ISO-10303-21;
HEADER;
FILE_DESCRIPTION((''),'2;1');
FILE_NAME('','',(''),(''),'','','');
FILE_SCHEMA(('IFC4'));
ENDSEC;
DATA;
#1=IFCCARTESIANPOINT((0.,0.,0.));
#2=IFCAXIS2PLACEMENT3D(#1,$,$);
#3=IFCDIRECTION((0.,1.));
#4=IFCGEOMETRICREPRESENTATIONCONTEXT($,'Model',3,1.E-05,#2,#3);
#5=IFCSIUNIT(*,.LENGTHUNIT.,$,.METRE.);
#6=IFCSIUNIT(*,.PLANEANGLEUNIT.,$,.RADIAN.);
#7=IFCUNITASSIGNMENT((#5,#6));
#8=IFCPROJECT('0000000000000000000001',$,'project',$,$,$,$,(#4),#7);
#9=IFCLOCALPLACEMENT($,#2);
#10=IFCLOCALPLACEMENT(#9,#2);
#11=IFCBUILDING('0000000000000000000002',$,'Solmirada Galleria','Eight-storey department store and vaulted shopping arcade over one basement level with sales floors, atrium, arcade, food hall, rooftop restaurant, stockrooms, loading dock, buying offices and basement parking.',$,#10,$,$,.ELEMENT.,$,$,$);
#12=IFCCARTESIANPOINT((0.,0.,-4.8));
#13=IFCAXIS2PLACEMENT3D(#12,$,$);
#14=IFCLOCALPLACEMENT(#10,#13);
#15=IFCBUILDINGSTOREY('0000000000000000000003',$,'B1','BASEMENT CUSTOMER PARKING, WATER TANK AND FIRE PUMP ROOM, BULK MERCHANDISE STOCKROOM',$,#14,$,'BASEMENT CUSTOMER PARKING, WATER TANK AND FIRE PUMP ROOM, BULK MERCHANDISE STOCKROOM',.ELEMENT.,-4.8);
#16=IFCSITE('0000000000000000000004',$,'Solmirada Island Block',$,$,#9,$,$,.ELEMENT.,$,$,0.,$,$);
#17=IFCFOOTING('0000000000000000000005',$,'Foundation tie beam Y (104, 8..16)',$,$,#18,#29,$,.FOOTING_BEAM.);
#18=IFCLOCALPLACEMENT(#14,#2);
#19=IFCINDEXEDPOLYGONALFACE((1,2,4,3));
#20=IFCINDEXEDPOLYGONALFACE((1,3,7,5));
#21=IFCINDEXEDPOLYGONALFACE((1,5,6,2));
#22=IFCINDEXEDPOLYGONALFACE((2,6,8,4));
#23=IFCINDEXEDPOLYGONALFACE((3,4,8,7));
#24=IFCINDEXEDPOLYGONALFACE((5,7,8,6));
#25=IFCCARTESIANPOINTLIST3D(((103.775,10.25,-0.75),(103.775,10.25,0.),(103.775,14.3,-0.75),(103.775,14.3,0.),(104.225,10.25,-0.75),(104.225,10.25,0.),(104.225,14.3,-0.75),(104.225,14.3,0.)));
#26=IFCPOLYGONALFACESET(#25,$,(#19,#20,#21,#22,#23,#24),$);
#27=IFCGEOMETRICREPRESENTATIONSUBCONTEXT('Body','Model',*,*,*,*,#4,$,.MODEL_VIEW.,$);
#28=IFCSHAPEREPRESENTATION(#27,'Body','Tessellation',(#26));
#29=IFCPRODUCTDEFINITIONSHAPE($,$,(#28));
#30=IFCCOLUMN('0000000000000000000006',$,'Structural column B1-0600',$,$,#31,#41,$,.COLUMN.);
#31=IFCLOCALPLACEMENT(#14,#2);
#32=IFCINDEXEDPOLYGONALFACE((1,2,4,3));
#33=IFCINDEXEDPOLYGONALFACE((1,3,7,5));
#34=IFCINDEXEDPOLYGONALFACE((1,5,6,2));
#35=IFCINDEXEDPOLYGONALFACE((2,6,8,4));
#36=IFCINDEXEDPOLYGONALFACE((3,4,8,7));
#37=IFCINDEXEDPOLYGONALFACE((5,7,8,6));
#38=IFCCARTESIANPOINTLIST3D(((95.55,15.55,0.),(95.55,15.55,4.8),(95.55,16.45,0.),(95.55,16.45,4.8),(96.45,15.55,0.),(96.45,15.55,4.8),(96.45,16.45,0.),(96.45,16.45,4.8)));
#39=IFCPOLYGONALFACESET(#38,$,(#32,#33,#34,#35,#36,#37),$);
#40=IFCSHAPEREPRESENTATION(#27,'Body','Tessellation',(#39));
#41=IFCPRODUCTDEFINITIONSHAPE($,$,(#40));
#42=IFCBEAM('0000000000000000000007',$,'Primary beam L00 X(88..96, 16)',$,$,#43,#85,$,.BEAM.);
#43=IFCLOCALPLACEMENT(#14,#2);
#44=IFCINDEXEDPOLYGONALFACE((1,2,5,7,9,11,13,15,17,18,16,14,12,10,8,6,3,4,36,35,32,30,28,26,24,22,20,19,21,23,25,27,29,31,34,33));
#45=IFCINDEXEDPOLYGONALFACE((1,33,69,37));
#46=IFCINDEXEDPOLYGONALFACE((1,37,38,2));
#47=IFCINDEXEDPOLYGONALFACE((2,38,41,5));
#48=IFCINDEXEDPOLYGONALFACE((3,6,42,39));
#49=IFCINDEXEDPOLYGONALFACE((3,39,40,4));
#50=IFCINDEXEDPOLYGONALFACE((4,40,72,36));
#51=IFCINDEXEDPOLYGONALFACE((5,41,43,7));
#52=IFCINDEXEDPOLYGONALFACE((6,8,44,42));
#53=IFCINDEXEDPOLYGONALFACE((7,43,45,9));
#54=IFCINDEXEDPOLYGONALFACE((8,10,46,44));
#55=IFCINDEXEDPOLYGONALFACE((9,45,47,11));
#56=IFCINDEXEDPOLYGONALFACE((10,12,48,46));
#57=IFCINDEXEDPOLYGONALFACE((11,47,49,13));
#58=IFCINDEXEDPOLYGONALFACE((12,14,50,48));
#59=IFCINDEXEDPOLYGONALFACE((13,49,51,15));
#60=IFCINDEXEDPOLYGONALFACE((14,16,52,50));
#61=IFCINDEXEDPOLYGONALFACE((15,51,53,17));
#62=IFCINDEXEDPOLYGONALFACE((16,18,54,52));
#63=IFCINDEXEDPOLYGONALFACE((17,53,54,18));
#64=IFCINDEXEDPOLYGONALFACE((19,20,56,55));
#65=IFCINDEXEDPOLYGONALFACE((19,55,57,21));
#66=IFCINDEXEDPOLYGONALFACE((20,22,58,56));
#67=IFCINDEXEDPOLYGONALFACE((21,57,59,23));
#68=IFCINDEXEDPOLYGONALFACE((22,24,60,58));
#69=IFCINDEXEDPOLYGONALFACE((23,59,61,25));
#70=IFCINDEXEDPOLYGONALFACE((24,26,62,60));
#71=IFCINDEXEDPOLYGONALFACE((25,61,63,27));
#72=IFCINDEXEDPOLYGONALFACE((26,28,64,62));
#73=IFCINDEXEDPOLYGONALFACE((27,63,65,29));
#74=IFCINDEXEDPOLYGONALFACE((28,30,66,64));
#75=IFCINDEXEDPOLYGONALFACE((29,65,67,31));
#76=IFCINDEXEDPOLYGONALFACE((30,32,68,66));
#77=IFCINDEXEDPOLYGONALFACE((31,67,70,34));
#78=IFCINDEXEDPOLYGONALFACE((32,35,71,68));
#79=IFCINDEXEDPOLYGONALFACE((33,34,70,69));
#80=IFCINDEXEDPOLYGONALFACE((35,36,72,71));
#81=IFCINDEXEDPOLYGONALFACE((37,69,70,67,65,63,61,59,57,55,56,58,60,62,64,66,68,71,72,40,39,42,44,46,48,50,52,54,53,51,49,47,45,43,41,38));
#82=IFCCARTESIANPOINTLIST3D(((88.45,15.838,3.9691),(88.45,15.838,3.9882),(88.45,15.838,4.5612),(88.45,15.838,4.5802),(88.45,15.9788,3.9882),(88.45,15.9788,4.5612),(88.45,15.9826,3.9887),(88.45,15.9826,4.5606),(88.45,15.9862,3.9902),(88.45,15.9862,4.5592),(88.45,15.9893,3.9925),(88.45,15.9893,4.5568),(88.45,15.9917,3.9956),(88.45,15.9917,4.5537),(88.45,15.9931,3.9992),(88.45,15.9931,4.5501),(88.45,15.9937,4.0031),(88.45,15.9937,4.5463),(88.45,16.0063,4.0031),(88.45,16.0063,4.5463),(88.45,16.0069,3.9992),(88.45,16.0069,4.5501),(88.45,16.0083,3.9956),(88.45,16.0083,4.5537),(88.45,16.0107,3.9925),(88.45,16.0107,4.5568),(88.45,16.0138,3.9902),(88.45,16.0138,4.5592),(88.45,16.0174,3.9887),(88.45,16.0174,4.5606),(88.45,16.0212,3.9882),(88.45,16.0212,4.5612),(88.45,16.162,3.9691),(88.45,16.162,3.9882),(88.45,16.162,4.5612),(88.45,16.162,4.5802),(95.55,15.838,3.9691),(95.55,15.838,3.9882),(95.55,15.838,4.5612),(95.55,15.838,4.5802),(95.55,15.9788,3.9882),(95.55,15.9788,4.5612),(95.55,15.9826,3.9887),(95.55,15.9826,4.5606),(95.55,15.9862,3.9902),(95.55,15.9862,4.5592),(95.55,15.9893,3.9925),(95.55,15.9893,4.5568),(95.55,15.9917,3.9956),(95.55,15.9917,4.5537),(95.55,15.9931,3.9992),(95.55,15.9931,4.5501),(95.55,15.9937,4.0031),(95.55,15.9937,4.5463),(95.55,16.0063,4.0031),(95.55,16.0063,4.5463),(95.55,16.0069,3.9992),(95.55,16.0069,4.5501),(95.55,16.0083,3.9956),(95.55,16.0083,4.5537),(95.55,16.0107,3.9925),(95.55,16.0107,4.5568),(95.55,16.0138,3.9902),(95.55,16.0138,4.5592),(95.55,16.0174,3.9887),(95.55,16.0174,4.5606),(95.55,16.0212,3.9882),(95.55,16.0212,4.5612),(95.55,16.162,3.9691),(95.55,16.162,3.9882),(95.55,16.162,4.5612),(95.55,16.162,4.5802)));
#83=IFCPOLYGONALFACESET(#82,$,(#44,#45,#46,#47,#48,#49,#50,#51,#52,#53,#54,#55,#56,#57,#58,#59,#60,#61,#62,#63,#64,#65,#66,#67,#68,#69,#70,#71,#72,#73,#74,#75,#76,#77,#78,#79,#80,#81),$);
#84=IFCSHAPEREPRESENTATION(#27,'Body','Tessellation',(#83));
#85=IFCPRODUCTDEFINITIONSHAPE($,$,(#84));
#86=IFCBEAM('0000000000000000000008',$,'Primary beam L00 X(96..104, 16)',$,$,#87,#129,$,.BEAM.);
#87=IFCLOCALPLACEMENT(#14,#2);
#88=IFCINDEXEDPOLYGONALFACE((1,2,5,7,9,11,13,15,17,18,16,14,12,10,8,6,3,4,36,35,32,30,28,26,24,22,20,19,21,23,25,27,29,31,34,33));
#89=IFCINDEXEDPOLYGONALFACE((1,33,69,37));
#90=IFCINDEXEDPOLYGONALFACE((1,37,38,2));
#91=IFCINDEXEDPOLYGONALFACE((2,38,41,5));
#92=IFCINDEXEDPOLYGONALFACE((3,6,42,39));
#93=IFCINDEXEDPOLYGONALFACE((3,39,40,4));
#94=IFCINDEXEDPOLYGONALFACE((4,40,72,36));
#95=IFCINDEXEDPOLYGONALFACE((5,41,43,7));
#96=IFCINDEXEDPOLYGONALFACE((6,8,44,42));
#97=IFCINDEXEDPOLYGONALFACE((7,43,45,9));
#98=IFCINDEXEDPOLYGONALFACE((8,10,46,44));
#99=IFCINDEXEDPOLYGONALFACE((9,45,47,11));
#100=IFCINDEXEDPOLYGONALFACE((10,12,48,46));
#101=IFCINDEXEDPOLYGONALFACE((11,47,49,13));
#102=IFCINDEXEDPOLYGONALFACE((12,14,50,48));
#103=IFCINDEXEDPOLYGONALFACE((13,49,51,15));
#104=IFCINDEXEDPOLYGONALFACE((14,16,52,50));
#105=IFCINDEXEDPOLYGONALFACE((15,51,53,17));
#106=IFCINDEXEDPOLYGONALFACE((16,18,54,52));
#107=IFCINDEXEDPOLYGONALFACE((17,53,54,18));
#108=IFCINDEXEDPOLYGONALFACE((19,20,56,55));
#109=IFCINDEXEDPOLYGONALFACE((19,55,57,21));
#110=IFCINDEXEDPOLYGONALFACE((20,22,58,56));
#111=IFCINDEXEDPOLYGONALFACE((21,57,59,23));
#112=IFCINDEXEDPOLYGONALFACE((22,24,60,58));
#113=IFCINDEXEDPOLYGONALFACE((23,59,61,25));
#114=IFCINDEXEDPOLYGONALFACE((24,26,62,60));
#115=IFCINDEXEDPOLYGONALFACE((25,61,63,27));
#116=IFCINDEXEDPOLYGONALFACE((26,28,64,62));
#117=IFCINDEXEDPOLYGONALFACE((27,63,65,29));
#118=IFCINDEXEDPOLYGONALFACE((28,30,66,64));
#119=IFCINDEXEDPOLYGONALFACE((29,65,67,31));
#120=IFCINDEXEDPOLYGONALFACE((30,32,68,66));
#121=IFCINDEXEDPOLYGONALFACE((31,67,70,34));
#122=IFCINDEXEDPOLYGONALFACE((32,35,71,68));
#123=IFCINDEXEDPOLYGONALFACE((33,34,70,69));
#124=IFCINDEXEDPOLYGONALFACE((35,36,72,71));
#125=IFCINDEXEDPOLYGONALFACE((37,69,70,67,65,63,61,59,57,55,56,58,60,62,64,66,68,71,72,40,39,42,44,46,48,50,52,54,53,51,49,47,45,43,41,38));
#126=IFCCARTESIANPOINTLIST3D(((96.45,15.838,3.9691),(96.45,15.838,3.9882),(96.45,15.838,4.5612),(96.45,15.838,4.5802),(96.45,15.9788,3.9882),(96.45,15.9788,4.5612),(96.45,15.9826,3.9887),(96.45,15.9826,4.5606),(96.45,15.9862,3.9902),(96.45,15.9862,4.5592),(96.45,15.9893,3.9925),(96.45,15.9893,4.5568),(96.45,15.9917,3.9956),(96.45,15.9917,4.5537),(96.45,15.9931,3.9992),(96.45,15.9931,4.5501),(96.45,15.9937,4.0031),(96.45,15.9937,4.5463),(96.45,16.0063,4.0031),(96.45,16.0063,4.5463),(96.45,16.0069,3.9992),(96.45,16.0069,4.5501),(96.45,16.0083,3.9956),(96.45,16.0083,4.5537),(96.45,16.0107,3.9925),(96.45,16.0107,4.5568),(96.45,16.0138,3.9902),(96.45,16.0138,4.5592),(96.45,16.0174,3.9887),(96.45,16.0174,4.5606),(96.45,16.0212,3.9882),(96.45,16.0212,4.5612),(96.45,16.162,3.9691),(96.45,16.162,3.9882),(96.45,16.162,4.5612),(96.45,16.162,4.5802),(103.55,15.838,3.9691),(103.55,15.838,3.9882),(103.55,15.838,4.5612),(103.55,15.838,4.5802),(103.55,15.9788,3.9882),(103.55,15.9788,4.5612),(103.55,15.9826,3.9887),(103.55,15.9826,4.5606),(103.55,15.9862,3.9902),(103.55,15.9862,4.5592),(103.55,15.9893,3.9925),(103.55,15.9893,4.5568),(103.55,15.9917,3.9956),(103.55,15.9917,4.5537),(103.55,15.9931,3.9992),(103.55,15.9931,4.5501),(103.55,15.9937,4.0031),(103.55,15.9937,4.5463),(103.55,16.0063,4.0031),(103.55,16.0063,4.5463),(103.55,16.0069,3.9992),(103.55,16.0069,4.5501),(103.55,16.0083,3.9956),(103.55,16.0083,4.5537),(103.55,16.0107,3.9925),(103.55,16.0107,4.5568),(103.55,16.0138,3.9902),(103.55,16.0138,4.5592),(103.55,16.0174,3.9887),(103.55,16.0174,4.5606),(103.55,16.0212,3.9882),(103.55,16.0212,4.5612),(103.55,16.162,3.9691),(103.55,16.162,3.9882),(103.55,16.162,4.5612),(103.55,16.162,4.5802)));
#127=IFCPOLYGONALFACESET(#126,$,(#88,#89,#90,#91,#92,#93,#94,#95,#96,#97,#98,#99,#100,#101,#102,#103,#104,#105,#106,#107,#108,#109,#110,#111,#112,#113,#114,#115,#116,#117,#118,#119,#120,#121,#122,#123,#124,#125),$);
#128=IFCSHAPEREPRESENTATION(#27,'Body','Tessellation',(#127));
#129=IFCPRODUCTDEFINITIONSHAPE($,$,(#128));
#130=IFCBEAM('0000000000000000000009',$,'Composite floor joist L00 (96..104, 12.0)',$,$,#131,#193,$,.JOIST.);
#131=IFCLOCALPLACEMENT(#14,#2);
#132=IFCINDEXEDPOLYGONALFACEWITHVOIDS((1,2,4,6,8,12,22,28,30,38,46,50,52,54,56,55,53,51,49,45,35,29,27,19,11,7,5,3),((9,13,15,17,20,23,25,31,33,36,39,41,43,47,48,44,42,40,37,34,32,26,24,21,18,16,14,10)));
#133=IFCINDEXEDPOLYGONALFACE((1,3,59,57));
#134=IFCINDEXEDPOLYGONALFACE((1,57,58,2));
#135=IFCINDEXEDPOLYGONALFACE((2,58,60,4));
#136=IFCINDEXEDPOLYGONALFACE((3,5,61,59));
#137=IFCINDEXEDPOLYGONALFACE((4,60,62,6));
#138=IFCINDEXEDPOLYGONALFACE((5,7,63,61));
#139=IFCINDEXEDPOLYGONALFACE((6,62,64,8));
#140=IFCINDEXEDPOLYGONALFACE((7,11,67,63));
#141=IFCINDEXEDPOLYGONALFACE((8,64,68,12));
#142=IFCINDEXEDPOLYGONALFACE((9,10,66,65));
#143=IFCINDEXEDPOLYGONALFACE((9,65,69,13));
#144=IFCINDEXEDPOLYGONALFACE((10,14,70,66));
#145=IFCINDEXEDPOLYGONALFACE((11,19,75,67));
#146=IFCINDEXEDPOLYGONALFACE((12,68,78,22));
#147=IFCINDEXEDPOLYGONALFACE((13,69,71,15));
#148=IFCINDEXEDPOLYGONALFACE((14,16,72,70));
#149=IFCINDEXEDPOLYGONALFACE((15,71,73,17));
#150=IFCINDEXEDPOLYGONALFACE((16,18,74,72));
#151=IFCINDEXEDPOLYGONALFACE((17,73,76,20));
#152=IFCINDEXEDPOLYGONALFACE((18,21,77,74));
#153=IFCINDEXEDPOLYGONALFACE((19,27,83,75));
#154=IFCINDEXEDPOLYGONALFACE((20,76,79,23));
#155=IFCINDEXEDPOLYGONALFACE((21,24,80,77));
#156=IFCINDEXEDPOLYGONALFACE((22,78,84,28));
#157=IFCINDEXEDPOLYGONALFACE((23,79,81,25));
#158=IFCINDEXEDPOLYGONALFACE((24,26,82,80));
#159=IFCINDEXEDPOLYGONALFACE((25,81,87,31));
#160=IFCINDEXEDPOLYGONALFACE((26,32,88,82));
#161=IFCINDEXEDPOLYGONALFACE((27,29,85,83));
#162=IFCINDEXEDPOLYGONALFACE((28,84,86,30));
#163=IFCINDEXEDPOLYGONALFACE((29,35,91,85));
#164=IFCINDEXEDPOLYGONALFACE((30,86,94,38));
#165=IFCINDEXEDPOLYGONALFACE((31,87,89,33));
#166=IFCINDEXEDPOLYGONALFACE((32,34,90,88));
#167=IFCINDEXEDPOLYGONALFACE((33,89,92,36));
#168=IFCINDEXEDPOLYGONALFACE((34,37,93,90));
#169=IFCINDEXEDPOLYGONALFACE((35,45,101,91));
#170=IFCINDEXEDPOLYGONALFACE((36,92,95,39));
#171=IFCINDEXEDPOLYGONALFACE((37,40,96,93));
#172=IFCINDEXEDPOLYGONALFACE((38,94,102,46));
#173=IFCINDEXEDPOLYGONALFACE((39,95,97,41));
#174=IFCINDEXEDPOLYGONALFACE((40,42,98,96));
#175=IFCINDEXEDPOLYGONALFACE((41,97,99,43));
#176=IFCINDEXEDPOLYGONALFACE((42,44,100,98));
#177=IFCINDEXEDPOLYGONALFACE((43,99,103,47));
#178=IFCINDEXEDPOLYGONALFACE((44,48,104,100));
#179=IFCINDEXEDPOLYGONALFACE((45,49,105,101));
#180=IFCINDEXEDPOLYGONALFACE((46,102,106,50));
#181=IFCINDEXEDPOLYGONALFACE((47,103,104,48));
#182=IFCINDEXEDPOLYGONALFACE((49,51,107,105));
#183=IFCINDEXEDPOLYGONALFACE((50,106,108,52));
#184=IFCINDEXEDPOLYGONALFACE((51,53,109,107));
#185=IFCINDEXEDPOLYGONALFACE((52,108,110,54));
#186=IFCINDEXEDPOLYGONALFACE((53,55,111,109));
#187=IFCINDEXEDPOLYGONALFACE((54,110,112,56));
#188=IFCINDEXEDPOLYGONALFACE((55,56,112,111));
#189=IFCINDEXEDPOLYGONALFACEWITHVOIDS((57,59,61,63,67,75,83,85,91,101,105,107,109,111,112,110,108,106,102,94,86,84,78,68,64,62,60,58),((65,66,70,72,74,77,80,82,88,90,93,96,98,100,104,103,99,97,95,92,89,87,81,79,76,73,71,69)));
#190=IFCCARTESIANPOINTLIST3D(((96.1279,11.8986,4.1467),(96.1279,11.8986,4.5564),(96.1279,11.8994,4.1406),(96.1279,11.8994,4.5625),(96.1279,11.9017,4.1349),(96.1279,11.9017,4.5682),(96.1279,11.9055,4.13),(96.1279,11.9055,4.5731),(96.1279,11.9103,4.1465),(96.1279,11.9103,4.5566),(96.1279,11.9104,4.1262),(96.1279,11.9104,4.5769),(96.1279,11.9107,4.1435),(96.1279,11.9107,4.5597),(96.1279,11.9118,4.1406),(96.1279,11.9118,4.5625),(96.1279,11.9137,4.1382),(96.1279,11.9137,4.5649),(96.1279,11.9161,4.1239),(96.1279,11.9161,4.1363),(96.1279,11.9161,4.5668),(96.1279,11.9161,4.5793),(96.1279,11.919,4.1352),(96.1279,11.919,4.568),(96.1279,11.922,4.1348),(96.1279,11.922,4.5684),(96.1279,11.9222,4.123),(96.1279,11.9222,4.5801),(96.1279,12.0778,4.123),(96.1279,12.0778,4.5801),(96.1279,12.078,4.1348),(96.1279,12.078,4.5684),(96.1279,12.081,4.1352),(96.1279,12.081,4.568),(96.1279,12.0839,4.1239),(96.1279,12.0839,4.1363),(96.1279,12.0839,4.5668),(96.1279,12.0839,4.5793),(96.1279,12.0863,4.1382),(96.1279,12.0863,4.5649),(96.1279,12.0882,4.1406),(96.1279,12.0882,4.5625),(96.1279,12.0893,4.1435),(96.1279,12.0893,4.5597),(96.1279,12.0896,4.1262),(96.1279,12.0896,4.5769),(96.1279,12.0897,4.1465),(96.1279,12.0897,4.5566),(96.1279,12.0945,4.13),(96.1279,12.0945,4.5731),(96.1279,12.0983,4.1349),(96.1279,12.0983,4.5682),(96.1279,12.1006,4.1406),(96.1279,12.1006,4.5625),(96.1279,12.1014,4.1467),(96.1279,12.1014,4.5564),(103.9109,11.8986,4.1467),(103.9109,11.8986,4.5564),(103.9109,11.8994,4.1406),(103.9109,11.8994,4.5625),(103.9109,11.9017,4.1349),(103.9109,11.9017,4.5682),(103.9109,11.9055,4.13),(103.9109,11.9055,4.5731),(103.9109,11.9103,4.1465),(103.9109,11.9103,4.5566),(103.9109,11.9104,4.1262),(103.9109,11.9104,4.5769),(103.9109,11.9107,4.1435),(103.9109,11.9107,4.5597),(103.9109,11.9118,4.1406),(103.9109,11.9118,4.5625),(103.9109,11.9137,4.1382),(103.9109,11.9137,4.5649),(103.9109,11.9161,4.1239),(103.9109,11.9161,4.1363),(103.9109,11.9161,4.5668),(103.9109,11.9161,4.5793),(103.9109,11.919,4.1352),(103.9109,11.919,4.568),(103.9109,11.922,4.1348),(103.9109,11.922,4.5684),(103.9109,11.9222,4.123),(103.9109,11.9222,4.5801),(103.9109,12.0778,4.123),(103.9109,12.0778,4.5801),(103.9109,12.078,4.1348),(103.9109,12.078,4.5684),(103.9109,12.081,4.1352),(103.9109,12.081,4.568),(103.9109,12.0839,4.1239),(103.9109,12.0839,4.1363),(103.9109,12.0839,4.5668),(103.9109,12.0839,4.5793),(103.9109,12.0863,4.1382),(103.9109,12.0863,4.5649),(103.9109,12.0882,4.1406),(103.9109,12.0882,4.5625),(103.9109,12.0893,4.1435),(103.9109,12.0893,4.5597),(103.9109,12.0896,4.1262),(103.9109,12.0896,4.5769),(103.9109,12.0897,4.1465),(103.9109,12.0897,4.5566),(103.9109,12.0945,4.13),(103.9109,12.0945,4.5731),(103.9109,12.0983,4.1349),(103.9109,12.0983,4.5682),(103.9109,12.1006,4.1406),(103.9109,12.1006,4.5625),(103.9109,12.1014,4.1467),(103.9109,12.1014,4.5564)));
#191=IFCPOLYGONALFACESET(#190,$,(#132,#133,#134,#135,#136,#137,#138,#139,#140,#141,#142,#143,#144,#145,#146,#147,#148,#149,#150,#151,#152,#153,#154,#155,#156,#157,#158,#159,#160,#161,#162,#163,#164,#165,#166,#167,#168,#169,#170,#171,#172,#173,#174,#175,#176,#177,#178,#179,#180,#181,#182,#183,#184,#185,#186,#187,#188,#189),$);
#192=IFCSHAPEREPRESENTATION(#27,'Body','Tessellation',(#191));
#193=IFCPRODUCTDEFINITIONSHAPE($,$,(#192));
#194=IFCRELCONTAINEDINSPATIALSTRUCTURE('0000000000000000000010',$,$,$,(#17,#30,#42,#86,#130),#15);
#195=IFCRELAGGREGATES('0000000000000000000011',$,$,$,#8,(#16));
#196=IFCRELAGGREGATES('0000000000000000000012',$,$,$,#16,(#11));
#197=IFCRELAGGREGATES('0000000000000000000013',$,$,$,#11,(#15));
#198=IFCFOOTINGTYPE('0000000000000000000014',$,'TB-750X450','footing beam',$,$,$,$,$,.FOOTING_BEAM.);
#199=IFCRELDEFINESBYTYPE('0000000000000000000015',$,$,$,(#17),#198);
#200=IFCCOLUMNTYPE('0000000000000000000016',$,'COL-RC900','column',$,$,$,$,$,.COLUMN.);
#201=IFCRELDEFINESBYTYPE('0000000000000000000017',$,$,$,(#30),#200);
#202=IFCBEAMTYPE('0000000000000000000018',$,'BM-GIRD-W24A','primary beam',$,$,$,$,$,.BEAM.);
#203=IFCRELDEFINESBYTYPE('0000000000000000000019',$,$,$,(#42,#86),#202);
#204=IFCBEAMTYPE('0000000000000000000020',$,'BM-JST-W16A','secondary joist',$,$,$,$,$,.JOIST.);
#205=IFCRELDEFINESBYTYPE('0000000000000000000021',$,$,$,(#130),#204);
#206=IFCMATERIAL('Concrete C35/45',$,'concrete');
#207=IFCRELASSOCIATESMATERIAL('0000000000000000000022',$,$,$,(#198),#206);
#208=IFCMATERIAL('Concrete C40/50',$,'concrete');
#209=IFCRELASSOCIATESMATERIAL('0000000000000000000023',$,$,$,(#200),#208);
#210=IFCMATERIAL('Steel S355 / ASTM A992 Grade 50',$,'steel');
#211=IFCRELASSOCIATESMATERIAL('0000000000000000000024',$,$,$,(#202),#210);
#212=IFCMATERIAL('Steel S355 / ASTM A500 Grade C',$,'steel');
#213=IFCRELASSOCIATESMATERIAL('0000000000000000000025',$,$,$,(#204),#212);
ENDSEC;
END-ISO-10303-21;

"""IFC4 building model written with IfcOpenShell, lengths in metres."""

from ifc_helpers import new_model, si_unit, direction, frame, origin, origin_2d, place, context, subcontext, project, spatial, rectangle, hollow_rectangle, i_section, extrude, material, material_profile, profile_set, type_object, element, save


model = new_model("IFC4")

# Units and contexts
model_context = context("Model", 3, precision=1e-05, world=origin(), true_north=direction((0.0, 1.0)))
body_context = subcontext(model_context, "Body", "Model", "MODEL_VIEW")
ifc_project = project(units=[si_unit("LENGTHUNIT", "METRE"), si_unit("PLANEANGLEUNIT", "RADIAN")], contexts=[model_context])

# Site, building, storey
site_placement = place(None, origin())
site = spatial("IfcSite", under=ifc_project, at=site_placement, Name="Solmirada Island Block", CompositionType="ELEMENT", RefElevation=0.0)
building_placement = place(site_placement, origin())
building = spatial("IfcBuilding", under=site, at=building_placement, Name="Solmirada Galleria", Description="Eight-storey department store and vaulted shopping arcade over one basement level with sales floors, atrium, arcade, food hall, rooftop restaurant, stockrooms, loading dock, buying offices and basement parking.", CompositionType="ELEMENT")
storey_placement = place(building_placement, frame((0.0, 0.0, -4.8)))
storey = spatial("IfcBuildingStorey", under=building, at=storey_placement, Name="B1", Description="BASEMENT CUSTOMER PARKING, WATER TANK AND FIRE PUMP ROOM, BULK MERCHANDISE STOCKROOM", LongName="BASEMENT CUSTOMER PARKING, WATER TANK AND FIRE PUMP ROOM, BULK MERCHANDISE STOCKROOM", CompositionType="ELEMENT", Elevation=-4.8)

# Shared definitions
ifc_material_1 = material(Name="Concrete C35/45", Category="concrete")

# Shared definitions
ifc_material_2 = material(Name="Concrete C40/50", Category="concrete")

# Footing
ifc_material_profile_1 = material_profile(ifc_material_1, rectangle(XDim=0.45, YDim=0.75, at=origin_2d()), Name="RC750X450")
ifc_profile_set_1 = profile_set([ifc_material_profile_1], Name="Concrete C35/45")
footing_type_1 = type_object("IfcFootingType", Name="TB-750X450", Description="footing beam", PredefinedType="FOOTING_BEAM", material=ifc_profile_set_1)
footing_1_placement = place(storey_placement, frame((104.0, 10.25, -0.375), z_axis=(0.0, 1.0, 0.0), x_axis=(-1.0, 0.0, 0.0)))
element("IfcFooting", 1, at=footing_1_placement, inside=storey, type_object=footing_type_1, Name="Foundation tie beam Y (104, 8..16)", PredefinedType="FOOTING_BEAM", context=body_context, shape_type="SweptSolid", body=[
    extrude(rectangle(XDim=0.45, YDim=0.75, at=origin_2d()), origin(), (0.0, 0.0, 1.0), 4.05),
])

# Column
ifc_material_profile_2 = material_profile(ifc_material_2, rectangle(XDim=0.8999, YDim=0.8999, at=origin_2d()), Name="RC900X900")
ifc_profile_set_2 = profile_set([ifc_material_profile_2], Name="Concrete C40/50")
column_type = type_object("IfcColumnType", Name="COL-RC900", Description="column", PredefinedType="COLUMN", material=ifc_profile_set_2)
column_placement = place(storey_placement, frame((96.0, 16.0, 0.0), z_axis=(0.0, 0.0, 1.0), x_axis=(1.0, 0.0, 0.0)))
element("IfcColumn", 2, at=column_placement, inside=storey, type_object=column_type, Name="Structural column B1-0600", PredefinedType="COLUMN", context=body_context, shape_type="SweptSolid", body=[
    extrude(rectangle(XDim=0.8999, YDim=0.8999, at=origin_2d()), origin(), (0.0, 0.0, 1.0), 4.8),
])

# Beams
ifc_material_3 = material(Name="Steel S355 / ASTM A992 Grade 50", Category="steel")
ifc_material_profile_3 = material_profile(ifc_material_3, i_section(OverallWidth=0.324, OverallDepth=0.6111, WebThickness=0.0127, FlangeThickness=0.019, FilletRadius=0.0149, at=origin_2d()), Name="W24X104")
ifc_profile_set_3 = profile_set([ifc_material_profile_3], Name="Steel S355 / ASTM A992 Grade 50")
beam_type_1 = type_object("IfcBeamType", Name="BM-GIRD-W24A", Description="primary beam", PredefinedType="BEAM", material=ifc_profile_set_3)
for number, where, z_axis, x_axis, name in (
    (3, (88.45, 16.0, 4.2747), (1.0, 0.0, 0.0), (0.0, 1.0, 0.0), "Primary beam L00 X(88..96, 16)"),
    (4, (96.45, 16.0, 4.2747), (1.0, 0.0, 0.0), (0.0, 1.0, 0.0), "Primary beam L00 X(96..104, 16)"),
):
    element("IfcBeam", number, at=place(storey_placement, frame(where, z_axis=z_axis, x_axis=x_axis)), inside=storey, type_object=beam_type_1, Name=name, PredefinedType="BEAM", context=body_context, shape_type="SweptSolid", body=[
        extrude(i_section(OverallWidth=0.324, OverallDepth=0.6111, WebThickness=0.0127, FlangeThickness=0.019, FilletRadius=0.0149, at=origin_2d()), origin(), (0.0, 0.0, 1.0), 7.1001),
    ])
ifc_material_4 = material(Name="Steel S355 / ASTM A500 Grade C", Category="steel")
ifc_material_profile_4 = material_profile(ifc_material_4, hollow_rectangle(XDim=0.2029, YDim=0.457, WallThickness=0.0117, InnerFilletRadius=0.0117, OuterFilletRadius=0.0237, at=origin_2d()), Name="HSS18X8X1/2")
ifc_profile_set_4 = profile_set([ifc_material_profile_4], Name="Steel S355 / ASTM A500 Grade C")
beam_type_2 = type_object("IfcBeamType", Name="BM-JST-W16A", Description="secondary joist", PredefinedType="JOIST", material=ifc_profile_set_4)
beam_placement = place(storey_placement, frame((96.1279, 12.0, 4.3516), z_axis=(1.0, 0.0, 0.0), x_axis=(0.0, 1.0, 0.0)))
element("IfcBeam", 5, at=beam_placement, inside=storey, type_object=beam_type_2, Name="Composite floor joist L00 (96..104, 12.0)", PredefinedType="JOIST", context=body_context, shape_type="SweptSolid", body=[
    extrude(hollow_rectangle(XDim=0.2029, YDim=0.457, WallThickness=0.0117, InnerFilletRadius=0.0117, OuterFilletRadius=0.0237, at=origin_2d()), origin(), (0.0, 0.0, 1.0), 7.783),
])

save(model, "model.ifc")
